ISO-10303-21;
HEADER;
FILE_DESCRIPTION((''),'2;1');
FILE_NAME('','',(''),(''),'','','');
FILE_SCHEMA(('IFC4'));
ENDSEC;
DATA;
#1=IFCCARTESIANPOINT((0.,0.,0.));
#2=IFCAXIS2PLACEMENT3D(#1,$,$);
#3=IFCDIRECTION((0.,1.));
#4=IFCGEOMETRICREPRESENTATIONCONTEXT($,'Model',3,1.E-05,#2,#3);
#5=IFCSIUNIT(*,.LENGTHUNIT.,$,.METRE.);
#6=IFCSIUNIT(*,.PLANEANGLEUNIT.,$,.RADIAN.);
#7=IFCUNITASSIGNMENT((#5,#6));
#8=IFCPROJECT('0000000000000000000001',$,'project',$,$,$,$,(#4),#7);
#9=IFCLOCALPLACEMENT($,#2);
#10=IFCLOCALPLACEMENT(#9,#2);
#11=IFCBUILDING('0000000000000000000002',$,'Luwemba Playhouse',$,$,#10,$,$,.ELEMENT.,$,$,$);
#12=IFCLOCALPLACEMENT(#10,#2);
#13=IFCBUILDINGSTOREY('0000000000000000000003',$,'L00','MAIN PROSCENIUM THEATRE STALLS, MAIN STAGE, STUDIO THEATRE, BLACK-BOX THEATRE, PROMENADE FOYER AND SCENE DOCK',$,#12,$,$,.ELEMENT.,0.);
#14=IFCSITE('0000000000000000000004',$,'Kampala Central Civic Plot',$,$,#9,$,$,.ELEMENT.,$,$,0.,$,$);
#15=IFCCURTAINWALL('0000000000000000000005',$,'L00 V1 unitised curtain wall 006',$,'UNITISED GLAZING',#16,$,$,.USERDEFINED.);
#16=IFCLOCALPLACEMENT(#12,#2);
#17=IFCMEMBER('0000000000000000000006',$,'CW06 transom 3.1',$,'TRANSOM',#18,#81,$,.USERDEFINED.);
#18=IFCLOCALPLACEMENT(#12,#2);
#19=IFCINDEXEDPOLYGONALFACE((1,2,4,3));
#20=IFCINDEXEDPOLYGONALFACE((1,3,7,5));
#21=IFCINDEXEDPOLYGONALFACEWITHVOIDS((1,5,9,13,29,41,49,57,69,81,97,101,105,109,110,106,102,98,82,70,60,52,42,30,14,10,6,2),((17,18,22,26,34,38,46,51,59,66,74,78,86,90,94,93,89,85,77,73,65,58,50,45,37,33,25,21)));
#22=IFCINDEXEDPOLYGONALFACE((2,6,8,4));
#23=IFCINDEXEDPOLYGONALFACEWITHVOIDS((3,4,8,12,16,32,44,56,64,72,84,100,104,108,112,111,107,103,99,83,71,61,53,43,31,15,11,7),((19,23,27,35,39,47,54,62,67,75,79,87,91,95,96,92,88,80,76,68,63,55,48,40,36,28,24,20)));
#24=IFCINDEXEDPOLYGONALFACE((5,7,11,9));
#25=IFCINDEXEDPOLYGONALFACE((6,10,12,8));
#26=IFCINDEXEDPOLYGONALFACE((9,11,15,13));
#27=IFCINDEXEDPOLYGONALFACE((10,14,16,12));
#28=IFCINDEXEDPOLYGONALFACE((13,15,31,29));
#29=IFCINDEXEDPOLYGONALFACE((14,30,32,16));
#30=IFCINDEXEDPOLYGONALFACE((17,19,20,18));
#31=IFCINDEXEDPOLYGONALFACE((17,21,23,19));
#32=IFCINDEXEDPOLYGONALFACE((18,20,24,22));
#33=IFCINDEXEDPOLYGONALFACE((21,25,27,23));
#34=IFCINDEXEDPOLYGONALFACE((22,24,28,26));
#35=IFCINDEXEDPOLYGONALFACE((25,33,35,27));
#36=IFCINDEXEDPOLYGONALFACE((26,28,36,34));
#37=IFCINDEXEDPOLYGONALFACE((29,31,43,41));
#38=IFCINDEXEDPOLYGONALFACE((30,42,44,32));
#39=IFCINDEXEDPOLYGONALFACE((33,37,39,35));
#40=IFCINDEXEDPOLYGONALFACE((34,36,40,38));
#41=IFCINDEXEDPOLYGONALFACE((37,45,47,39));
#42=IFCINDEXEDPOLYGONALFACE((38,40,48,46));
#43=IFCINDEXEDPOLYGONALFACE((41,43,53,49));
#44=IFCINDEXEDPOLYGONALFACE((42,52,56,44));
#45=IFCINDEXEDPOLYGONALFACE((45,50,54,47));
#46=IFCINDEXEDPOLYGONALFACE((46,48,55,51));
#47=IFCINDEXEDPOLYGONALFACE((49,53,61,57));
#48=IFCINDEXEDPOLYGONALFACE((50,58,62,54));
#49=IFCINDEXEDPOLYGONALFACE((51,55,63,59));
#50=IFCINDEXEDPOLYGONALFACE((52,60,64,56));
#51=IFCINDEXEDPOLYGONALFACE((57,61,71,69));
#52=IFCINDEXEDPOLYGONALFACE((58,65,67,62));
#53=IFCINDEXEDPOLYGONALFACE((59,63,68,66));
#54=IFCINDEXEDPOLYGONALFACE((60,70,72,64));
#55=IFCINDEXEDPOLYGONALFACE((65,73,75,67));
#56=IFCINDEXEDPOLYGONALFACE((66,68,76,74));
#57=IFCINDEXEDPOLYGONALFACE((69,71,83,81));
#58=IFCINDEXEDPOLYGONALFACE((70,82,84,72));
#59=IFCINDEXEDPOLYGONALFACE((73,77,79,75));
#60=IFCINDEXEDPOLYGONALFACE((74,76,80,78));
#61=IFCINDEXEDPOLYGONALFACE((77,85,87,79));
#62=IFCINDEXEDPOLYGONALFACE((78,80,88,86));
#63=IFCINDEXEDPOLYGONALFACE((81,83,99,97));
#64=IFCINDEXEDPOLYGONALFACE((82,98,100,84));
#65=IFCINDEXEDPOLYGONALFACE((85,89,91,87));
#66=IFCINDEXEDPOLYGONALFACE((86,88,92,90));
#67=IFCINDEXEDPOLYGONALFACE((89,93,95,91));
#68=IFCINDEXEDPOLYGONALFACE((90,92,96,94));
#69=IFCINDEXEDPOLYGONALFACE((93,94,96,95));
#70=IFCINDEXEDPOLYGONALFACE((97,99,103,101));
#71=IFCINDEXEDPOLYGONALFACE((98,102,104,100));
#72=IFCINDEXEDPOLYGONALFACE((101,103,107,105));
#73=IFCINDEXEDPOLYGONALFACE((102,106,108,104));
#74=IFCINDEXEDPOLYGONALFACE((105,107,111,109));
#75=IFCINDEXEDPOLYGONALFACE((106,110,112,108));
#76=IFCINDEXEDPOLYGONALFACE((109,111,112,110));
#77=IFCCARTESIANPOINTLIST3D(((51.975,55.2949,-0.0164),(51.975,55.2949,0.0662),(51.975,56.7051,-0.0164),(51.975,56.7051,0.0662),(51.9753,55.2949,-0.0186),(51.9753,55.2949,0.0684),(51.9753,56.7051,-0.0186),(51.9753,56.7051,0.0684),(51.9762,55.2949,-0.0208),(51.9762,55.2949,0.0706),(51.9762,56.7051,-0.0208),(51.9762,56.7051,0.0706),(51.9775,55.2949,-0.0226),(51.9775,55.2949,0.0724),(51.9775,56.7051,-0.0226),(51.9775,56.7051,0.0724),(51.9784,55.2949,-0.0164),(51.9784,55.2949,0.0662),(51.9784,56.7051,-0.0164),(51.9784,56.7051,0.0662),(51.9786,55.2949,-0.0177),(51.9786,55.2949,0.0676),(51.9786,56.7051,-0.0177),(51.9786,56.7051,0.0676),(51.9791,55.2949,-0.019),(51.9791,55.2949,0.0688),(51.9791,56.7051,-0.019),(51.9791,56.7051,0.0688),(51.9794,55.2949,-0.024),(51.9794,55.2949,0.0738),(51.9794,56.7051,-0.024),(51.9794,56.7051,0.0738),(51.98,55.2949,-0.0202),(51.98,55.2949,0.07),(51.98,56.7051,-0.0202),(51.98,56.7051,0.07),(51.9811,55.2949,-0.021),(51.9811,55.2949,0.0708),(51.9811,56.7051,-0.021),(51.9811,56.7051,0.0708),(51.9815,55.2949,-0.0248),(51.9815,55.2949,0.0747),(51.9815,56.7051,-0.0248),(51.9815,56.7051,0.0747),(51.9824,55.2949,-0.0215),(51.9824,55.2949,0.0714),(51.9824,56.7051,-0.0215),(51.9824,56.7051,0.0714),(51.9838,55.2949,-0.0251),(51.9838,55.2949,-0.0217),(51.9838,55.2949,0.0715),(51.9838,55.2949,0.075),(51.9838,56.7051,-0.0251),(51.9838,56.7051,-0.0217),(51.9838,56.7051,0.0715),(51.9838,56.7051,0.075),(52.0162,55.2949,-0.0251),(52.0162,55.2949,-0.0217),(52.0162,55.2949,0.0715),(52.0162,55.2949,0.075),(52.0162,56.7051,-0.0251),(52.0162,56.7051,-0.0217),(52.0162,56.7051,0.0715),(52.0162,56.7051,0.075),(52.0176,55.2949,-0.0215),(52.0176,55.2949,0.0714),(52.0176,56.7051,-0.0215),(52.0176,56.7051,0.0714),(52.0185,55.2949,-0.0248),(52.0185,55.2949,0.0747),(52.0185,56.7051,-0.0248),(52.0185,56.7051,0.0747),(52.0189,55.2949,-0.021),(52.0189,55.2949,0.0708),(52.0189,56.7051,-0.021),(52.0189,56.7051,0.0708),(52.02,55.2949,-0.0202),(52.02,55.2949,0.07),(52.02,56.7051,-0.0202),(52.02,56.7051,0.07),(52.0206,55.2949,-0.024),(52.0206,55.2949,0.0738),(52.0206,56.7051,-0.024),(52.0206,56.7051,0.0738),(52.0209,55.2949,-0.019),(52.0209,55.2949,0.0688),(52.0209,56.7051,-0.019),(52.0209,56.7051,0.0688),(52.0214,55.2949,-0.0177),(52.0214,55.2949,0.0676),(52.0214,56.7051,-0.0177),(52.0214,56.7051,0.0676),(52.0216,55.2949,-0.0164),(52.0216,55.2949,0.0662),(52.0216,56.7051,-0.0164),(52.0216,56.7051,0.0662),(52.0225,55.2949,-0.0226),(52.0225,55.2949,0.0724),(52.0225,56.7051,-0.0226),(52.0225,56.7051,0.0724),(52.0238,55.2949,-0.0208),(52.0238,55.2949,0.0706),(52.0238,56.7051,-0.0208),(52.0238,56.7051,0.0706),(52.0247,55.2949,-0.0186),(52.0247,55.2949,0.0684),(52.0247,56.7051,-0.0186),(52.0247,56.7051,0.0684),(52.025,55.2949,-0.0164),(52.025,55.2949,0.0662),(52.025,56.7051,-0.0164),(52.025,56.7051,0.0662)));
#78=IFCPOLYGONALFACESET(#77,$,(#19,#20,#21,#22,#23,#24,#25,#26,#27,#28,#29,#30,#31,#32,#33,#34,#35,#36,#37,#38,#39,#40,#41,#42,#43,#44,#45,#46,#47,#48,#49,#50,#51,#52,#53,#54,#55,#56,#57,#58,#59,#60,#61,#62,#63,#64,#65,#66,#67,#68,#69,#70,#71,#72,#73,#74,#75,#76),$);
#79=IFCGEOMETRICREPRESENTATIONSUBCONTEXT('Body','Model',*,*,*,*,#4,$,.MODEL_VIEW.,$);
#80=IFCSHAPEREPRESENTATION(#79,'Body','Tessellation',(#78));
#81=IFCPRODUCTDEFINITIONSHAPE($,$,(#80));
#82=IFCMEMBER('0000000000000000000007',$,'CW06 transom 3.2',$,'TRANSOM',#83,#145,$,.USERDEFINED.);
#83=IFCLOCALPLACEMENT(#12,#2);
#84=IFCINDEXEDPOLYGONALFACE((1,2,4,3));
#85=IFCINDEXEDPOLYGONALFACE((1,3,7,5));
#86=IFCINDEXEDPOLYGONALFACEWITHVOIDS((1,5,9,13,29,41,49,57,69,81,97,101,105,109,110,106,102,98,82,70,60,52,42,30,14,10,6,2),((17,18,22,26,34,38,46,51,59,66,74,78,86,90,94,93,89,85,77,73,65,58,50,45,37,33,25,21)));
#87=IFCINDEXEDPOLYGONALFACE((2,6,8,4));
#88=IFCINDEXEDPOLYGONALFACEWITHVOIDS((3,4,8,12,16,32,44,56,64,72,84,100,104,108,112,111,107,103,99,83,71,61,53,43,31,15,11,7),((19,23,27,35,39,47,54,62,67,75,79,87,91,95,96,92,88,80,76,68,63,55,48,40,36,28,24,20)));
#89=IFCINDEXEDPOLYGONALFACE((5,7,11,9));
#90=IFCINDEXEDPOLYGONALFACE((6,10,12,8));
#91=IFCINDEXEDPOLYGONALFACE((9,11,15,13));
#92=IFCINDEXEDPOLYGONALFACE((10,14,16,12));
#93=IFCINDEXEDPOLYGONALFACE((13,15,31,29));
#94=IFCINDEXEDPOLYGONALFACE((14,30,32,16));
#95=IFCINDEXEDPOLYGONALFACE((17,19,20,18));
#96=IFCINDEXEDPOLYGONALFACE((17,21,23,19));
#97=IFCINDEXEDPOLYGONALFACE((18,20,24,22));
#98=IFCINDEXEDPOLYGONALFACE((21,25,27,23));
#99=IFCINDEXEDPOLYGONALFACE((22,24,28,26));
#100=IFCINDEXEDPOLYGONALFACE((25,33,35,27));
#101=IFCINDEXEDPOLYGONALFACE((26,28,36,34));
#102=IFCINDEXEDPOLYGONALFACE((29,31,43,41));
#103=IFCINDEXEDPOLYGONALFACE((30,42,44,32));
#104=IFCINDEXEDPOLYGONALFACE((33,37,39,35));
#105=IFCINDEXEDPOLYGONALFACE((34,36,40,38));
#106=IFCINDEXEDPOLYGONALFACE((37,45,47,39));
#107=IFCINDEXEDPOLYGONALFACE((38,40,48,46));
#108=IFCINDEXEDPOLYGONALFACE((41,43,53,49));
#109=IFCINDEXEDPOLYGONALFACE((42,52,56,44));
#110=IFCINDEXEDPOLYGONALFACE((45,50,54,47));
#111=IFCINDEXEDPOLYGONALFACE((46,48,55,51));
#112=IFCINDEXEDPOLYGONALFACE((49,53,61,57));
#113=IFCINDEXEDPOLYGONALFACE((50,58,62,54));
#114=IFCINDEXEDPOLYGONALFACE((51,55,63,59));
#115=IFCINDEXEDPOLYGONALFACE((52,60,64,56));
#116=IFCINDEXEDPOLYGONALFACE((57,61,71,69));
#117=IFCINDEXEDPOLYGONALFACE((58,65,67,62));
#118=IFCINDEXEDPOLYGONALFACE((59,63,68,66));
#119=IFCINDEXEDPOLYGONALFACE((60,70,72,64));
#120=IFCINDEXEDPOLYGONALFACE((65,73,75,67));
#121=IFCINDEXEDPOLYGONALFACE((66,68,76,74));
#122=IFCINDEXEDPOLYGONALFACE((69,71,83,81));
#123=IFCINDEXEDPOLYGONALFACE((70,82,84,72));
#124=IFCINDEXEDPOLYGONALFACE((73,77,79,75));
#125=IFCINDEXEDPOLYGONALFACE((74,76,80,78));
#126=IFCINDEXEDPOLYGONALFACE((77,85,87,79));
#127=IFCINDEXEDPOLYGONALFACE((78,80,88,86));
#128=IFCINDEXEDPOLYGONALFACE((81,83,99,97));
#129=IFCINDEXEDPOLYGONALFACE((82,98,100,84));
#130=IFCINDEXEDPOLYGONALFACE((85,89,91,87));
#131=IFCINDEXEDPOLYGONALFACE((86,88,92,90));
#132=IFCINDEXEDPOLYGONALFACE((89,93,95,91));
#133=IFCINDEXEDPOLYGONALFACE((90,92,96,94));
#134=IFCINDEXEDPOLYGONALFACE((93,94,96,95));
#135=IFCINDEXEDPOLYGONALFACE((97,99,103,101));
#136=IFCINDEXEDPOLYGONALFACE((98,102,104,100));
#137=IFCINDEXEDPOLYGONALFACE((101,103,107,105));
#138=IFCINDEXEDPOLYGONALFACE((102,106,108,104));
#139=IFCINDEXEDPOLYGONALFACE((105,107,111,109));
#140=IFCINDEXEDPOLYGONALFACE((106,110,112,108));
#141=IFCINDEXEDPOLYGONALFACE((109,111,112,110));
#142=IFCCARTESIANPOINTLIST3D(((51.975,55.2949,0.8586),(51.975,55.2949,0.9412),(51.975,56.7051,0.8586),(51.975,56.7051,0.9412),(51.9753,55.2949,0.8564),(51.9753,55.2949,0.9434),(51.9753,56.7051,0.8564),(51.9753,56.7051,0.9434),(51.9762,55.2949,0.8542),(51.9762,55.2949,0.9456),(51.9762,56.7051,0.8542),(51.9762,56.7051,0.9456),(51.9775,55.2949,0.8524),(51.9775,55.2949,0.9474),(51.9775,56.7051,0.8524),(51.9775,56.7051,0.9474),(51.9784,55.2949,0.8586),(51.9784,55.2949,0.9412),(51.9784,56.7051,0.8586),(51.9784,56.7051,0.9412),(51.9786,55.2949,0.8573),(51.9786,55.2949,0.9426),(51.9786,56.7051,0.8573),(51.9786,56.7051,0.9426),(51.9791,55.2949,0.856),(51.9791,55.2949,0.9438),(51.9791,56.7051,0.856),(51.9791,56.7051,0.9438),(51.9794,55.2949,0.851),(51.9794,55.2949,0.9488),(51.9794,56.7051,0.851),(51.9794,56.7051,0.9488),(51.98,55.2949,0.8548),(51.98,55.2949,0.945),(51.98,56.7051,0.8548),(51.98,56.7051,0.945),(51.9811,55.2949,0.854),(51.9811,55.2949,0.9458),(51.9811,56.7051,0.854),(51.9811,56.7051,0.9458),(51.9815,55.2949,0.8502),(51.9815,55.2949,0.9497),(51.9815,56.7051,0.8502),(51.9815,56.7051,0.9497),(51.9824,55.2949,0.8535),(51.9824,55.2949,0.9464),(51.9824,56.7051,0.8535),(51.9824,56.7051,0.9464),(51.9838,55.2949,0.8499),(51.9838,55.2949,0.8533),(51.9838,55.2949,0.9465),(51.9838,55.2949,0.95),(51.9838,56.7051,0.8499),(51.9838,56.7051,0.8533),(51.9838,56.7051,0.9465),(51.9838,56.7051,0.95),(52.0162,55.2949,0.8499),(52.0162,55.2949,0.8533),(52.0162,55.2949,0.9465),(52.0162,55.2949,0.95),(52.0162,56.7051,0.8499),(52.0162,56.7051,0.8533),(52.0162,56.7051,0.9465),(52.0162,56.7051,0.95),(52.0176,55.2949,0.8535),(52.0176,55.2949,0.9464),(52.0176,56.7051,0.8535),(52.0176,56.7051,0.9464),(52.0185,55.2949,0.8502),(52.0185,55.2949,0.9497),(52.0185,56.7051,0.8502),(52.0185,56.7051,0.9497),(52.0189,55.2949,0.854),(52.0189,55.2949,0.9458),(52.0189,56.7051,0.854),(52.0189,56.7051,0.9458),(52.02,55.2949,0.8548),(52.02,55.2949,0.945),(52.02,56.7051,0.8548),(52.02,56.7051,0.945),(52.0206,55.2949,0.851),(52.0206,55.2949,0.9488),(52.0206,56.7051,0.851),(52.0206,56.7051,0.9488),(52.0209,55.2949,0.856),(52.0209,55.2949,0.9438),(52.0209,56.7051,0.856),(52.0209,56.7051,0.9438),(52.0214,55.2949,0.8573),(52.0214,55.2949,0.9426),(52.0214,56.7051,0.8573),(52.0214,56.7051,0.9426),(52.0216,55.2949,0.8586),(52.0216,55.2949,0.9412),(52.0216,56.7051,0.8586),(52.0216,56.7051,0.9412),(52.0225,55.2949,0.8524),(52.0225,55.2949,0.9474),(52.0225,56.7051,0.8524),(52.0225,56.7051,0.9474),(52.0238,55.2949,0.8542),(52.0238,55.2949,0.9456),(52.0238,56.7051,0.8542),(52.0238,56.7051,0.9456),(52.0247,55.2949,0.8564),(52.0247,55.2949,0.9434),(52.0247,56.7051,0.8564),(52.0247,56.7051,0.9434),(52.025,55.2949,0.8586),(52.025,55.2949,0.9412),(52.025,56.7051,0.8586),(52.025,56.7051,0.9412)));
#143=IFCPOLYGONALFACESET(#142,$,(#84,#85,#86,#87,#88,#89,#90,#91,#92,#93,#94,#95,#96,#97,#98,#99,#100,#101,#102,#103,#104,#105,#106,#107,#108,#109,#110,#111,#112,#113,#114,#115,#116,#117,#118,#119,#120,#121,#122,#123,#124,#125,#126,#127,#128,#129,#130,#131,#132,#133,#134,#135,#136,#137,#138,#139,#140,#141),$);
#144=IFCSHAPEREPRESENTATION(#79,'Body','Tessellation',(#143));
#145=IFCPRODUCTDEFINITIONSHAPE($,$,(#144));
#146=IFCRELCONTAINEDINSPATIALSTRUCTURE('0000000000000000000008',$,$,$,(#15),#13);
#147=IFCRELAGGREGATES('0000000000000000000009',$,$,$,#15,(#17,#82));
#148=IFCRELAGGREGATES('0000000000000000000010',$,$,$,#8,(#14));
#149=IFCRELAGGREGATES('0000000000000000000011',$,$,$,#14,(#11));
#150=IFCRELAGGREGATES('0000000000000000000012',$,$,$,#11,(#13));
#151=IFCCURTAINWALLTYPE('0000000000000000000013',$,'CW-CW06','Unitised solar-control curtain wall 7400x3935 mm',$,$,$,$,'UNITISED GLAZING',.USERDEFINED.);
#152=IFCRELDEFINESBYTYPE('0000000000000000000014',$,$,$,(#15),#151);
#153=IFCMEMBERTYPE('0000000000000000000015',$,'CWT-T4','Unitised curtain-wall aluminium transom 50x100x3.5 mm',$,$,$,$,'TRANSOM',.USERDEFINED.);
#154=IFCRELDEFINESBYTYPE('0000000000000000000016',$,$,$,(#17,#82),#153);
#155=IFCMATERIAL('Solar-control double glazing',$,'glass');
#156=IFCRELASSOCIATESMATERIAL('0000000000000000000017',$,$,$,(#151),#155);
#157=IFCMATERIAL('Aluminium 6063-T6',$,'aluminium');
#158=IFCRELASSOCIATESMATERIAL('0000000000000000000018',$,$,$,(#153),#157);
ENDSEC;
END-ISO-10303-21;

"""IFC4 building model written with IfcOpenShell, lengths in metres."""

from ifc_helpers import new_model, si_unit, direction, frame, origin, origin_2d, place, context, subcontext, project, spatial, hollow_rectangle, extrude, material, material_profile, profile_set, type_object, element, aggregate, save


model = new_model("IFC4")

# Units and contexts
model_context = context("Model", 3, precision=1e-05, world=origin(), true_north=direction((0.0, 1.0)))
body_context = subcontext(model_context, "Body", "Model", "MODEL_VIEW")
ifc_project = project(units=[si_unit("LENGTHUNIT", "METRE"), si_unit("PLANEANGLEUNIT", "RADIAN")], contexts=[model_context])

# Site, building, storey
site_placement = place(None, origin())
site = spatial("IfcSite", under=ifc_project, at=site_placement, Name="Kampala Central Civic Plot", CompositionType="ELEMENT", RefElevation=0.0)
building_placement = place(site_placement, origin())
building = spatial("IfcBuilding", under=site, at=building_placement, Name="Luwemba Playhouse", CompositionType="ELEMENT")
storey_placement = place(building_placement, origin())
storey = spatial("IfcBuildingStorey", under=building, at=storey_placement, Name="L00", Description="MAIN PROSCENIUM THEATRE STALLS, MAIN STAGE, STUDIO THEATRE, BLACK-BOX THEATRE, PROMENADE FOYER AND SCENE DOCK", CompositionType="ELEMENT", Elevation=0.0)

# Curtain wall, members
ifc_material_1 = material(Name="Solar-control double glazing", Category="glass")
curtain_wall_type = type_object("IfcCurtainWallType", Name="CW-CW06", Description="Unitised solar-control curtain wall 7400x3935 mm", ElementType="UNITISED GLAZING", PredefinedType="USERDEFINED", material=ifc_material_1)
curtain_wall_placement = place(storey_placement, origin())
curtain_wall = element("IfcCurtainWall", 1, at=curtain_wall_placement, inside=storey, type_object=curtain_wall_type, Name="L00 V1 unitised curtain wall 006", ObjectType="UNITISED GLAZING", PredefinedType="USERDEFINED")
ifc_material_2 = material(Name="Aluminium 6063-T6", Category="aluminium")
ifc_material_profile_1 = material_profile(ifc_material_2, hollow_rectangle(XDim=0.05, YDim=0.1001, WallThickness=0.0034, InnerFilletRadius=0.0054, OuterFilletRadius=0.0088, at=origin_2d()))
ifc_profile_set_1 = profile_set([ifc_material_profile_1], Name="Aluminium 6063-T6")
member_type_1 = type_object("IfcMemberType", Name="CWT-T4", Description="Unitised curtain-wall aluminium transom 50x100x3.5 mm", ElementType="TRANSOM", PredefinedType="USERDEFINED", material=ifc_profile_set_1)
member_1_placement = place(storey_placement, frame((52.0, 56.7051, 0.0249), z_axis=(0.0, -1.0, 0.0), x_axis=(1.0, 0.0, 0.0)))
member_1 = element("IfcMember", 2, at=member_1_placement, type_object=member_type_1, Name="CW06 transom 3.1", ObjectType="TRANSOM", PredefinedType="USERDEFINED", context=body_context, shape_type="SweptSolid", body=[
    extrude(hollow_rectangle(XDim=0.05, YDim=0.1001, WallThickness=0.0034, InnerFilletRadius=0.0054, OuterFilletRadius=0.0088, at=origin_2d()), origin(), (0.0, 0.0, 1.0), 1.4102),
])
member_2_placement = place(storey_placement, frame((52.0, 56.7051, 0.8999), z_axis=(0.0, -1.0, 0.0), x_axis=(1.0, 0.0, 0.0)))
member_2 = element("IfcMember", 3, at=member_2_placement, type_object=member_type_1, Name="CW06 transom 3.2", ObjectType="TRANSOM", PredefinedType="USERDEFINED", context=body_context, shape_type="SweptSolid", body=[
    extrude(hollow_rectangle(XDim=0.05, YDim=0.1001, WallThickness=0.0034, InnerFilletRadius=0.0054, OuterFilletRadius=0.0088, at=origin_2d()), origin(), (0.0, 0.0, 1.0), 1.4102),
])
aggregate(curtain_wall, [member_1, member_2])

save(model, "model.ifc")
